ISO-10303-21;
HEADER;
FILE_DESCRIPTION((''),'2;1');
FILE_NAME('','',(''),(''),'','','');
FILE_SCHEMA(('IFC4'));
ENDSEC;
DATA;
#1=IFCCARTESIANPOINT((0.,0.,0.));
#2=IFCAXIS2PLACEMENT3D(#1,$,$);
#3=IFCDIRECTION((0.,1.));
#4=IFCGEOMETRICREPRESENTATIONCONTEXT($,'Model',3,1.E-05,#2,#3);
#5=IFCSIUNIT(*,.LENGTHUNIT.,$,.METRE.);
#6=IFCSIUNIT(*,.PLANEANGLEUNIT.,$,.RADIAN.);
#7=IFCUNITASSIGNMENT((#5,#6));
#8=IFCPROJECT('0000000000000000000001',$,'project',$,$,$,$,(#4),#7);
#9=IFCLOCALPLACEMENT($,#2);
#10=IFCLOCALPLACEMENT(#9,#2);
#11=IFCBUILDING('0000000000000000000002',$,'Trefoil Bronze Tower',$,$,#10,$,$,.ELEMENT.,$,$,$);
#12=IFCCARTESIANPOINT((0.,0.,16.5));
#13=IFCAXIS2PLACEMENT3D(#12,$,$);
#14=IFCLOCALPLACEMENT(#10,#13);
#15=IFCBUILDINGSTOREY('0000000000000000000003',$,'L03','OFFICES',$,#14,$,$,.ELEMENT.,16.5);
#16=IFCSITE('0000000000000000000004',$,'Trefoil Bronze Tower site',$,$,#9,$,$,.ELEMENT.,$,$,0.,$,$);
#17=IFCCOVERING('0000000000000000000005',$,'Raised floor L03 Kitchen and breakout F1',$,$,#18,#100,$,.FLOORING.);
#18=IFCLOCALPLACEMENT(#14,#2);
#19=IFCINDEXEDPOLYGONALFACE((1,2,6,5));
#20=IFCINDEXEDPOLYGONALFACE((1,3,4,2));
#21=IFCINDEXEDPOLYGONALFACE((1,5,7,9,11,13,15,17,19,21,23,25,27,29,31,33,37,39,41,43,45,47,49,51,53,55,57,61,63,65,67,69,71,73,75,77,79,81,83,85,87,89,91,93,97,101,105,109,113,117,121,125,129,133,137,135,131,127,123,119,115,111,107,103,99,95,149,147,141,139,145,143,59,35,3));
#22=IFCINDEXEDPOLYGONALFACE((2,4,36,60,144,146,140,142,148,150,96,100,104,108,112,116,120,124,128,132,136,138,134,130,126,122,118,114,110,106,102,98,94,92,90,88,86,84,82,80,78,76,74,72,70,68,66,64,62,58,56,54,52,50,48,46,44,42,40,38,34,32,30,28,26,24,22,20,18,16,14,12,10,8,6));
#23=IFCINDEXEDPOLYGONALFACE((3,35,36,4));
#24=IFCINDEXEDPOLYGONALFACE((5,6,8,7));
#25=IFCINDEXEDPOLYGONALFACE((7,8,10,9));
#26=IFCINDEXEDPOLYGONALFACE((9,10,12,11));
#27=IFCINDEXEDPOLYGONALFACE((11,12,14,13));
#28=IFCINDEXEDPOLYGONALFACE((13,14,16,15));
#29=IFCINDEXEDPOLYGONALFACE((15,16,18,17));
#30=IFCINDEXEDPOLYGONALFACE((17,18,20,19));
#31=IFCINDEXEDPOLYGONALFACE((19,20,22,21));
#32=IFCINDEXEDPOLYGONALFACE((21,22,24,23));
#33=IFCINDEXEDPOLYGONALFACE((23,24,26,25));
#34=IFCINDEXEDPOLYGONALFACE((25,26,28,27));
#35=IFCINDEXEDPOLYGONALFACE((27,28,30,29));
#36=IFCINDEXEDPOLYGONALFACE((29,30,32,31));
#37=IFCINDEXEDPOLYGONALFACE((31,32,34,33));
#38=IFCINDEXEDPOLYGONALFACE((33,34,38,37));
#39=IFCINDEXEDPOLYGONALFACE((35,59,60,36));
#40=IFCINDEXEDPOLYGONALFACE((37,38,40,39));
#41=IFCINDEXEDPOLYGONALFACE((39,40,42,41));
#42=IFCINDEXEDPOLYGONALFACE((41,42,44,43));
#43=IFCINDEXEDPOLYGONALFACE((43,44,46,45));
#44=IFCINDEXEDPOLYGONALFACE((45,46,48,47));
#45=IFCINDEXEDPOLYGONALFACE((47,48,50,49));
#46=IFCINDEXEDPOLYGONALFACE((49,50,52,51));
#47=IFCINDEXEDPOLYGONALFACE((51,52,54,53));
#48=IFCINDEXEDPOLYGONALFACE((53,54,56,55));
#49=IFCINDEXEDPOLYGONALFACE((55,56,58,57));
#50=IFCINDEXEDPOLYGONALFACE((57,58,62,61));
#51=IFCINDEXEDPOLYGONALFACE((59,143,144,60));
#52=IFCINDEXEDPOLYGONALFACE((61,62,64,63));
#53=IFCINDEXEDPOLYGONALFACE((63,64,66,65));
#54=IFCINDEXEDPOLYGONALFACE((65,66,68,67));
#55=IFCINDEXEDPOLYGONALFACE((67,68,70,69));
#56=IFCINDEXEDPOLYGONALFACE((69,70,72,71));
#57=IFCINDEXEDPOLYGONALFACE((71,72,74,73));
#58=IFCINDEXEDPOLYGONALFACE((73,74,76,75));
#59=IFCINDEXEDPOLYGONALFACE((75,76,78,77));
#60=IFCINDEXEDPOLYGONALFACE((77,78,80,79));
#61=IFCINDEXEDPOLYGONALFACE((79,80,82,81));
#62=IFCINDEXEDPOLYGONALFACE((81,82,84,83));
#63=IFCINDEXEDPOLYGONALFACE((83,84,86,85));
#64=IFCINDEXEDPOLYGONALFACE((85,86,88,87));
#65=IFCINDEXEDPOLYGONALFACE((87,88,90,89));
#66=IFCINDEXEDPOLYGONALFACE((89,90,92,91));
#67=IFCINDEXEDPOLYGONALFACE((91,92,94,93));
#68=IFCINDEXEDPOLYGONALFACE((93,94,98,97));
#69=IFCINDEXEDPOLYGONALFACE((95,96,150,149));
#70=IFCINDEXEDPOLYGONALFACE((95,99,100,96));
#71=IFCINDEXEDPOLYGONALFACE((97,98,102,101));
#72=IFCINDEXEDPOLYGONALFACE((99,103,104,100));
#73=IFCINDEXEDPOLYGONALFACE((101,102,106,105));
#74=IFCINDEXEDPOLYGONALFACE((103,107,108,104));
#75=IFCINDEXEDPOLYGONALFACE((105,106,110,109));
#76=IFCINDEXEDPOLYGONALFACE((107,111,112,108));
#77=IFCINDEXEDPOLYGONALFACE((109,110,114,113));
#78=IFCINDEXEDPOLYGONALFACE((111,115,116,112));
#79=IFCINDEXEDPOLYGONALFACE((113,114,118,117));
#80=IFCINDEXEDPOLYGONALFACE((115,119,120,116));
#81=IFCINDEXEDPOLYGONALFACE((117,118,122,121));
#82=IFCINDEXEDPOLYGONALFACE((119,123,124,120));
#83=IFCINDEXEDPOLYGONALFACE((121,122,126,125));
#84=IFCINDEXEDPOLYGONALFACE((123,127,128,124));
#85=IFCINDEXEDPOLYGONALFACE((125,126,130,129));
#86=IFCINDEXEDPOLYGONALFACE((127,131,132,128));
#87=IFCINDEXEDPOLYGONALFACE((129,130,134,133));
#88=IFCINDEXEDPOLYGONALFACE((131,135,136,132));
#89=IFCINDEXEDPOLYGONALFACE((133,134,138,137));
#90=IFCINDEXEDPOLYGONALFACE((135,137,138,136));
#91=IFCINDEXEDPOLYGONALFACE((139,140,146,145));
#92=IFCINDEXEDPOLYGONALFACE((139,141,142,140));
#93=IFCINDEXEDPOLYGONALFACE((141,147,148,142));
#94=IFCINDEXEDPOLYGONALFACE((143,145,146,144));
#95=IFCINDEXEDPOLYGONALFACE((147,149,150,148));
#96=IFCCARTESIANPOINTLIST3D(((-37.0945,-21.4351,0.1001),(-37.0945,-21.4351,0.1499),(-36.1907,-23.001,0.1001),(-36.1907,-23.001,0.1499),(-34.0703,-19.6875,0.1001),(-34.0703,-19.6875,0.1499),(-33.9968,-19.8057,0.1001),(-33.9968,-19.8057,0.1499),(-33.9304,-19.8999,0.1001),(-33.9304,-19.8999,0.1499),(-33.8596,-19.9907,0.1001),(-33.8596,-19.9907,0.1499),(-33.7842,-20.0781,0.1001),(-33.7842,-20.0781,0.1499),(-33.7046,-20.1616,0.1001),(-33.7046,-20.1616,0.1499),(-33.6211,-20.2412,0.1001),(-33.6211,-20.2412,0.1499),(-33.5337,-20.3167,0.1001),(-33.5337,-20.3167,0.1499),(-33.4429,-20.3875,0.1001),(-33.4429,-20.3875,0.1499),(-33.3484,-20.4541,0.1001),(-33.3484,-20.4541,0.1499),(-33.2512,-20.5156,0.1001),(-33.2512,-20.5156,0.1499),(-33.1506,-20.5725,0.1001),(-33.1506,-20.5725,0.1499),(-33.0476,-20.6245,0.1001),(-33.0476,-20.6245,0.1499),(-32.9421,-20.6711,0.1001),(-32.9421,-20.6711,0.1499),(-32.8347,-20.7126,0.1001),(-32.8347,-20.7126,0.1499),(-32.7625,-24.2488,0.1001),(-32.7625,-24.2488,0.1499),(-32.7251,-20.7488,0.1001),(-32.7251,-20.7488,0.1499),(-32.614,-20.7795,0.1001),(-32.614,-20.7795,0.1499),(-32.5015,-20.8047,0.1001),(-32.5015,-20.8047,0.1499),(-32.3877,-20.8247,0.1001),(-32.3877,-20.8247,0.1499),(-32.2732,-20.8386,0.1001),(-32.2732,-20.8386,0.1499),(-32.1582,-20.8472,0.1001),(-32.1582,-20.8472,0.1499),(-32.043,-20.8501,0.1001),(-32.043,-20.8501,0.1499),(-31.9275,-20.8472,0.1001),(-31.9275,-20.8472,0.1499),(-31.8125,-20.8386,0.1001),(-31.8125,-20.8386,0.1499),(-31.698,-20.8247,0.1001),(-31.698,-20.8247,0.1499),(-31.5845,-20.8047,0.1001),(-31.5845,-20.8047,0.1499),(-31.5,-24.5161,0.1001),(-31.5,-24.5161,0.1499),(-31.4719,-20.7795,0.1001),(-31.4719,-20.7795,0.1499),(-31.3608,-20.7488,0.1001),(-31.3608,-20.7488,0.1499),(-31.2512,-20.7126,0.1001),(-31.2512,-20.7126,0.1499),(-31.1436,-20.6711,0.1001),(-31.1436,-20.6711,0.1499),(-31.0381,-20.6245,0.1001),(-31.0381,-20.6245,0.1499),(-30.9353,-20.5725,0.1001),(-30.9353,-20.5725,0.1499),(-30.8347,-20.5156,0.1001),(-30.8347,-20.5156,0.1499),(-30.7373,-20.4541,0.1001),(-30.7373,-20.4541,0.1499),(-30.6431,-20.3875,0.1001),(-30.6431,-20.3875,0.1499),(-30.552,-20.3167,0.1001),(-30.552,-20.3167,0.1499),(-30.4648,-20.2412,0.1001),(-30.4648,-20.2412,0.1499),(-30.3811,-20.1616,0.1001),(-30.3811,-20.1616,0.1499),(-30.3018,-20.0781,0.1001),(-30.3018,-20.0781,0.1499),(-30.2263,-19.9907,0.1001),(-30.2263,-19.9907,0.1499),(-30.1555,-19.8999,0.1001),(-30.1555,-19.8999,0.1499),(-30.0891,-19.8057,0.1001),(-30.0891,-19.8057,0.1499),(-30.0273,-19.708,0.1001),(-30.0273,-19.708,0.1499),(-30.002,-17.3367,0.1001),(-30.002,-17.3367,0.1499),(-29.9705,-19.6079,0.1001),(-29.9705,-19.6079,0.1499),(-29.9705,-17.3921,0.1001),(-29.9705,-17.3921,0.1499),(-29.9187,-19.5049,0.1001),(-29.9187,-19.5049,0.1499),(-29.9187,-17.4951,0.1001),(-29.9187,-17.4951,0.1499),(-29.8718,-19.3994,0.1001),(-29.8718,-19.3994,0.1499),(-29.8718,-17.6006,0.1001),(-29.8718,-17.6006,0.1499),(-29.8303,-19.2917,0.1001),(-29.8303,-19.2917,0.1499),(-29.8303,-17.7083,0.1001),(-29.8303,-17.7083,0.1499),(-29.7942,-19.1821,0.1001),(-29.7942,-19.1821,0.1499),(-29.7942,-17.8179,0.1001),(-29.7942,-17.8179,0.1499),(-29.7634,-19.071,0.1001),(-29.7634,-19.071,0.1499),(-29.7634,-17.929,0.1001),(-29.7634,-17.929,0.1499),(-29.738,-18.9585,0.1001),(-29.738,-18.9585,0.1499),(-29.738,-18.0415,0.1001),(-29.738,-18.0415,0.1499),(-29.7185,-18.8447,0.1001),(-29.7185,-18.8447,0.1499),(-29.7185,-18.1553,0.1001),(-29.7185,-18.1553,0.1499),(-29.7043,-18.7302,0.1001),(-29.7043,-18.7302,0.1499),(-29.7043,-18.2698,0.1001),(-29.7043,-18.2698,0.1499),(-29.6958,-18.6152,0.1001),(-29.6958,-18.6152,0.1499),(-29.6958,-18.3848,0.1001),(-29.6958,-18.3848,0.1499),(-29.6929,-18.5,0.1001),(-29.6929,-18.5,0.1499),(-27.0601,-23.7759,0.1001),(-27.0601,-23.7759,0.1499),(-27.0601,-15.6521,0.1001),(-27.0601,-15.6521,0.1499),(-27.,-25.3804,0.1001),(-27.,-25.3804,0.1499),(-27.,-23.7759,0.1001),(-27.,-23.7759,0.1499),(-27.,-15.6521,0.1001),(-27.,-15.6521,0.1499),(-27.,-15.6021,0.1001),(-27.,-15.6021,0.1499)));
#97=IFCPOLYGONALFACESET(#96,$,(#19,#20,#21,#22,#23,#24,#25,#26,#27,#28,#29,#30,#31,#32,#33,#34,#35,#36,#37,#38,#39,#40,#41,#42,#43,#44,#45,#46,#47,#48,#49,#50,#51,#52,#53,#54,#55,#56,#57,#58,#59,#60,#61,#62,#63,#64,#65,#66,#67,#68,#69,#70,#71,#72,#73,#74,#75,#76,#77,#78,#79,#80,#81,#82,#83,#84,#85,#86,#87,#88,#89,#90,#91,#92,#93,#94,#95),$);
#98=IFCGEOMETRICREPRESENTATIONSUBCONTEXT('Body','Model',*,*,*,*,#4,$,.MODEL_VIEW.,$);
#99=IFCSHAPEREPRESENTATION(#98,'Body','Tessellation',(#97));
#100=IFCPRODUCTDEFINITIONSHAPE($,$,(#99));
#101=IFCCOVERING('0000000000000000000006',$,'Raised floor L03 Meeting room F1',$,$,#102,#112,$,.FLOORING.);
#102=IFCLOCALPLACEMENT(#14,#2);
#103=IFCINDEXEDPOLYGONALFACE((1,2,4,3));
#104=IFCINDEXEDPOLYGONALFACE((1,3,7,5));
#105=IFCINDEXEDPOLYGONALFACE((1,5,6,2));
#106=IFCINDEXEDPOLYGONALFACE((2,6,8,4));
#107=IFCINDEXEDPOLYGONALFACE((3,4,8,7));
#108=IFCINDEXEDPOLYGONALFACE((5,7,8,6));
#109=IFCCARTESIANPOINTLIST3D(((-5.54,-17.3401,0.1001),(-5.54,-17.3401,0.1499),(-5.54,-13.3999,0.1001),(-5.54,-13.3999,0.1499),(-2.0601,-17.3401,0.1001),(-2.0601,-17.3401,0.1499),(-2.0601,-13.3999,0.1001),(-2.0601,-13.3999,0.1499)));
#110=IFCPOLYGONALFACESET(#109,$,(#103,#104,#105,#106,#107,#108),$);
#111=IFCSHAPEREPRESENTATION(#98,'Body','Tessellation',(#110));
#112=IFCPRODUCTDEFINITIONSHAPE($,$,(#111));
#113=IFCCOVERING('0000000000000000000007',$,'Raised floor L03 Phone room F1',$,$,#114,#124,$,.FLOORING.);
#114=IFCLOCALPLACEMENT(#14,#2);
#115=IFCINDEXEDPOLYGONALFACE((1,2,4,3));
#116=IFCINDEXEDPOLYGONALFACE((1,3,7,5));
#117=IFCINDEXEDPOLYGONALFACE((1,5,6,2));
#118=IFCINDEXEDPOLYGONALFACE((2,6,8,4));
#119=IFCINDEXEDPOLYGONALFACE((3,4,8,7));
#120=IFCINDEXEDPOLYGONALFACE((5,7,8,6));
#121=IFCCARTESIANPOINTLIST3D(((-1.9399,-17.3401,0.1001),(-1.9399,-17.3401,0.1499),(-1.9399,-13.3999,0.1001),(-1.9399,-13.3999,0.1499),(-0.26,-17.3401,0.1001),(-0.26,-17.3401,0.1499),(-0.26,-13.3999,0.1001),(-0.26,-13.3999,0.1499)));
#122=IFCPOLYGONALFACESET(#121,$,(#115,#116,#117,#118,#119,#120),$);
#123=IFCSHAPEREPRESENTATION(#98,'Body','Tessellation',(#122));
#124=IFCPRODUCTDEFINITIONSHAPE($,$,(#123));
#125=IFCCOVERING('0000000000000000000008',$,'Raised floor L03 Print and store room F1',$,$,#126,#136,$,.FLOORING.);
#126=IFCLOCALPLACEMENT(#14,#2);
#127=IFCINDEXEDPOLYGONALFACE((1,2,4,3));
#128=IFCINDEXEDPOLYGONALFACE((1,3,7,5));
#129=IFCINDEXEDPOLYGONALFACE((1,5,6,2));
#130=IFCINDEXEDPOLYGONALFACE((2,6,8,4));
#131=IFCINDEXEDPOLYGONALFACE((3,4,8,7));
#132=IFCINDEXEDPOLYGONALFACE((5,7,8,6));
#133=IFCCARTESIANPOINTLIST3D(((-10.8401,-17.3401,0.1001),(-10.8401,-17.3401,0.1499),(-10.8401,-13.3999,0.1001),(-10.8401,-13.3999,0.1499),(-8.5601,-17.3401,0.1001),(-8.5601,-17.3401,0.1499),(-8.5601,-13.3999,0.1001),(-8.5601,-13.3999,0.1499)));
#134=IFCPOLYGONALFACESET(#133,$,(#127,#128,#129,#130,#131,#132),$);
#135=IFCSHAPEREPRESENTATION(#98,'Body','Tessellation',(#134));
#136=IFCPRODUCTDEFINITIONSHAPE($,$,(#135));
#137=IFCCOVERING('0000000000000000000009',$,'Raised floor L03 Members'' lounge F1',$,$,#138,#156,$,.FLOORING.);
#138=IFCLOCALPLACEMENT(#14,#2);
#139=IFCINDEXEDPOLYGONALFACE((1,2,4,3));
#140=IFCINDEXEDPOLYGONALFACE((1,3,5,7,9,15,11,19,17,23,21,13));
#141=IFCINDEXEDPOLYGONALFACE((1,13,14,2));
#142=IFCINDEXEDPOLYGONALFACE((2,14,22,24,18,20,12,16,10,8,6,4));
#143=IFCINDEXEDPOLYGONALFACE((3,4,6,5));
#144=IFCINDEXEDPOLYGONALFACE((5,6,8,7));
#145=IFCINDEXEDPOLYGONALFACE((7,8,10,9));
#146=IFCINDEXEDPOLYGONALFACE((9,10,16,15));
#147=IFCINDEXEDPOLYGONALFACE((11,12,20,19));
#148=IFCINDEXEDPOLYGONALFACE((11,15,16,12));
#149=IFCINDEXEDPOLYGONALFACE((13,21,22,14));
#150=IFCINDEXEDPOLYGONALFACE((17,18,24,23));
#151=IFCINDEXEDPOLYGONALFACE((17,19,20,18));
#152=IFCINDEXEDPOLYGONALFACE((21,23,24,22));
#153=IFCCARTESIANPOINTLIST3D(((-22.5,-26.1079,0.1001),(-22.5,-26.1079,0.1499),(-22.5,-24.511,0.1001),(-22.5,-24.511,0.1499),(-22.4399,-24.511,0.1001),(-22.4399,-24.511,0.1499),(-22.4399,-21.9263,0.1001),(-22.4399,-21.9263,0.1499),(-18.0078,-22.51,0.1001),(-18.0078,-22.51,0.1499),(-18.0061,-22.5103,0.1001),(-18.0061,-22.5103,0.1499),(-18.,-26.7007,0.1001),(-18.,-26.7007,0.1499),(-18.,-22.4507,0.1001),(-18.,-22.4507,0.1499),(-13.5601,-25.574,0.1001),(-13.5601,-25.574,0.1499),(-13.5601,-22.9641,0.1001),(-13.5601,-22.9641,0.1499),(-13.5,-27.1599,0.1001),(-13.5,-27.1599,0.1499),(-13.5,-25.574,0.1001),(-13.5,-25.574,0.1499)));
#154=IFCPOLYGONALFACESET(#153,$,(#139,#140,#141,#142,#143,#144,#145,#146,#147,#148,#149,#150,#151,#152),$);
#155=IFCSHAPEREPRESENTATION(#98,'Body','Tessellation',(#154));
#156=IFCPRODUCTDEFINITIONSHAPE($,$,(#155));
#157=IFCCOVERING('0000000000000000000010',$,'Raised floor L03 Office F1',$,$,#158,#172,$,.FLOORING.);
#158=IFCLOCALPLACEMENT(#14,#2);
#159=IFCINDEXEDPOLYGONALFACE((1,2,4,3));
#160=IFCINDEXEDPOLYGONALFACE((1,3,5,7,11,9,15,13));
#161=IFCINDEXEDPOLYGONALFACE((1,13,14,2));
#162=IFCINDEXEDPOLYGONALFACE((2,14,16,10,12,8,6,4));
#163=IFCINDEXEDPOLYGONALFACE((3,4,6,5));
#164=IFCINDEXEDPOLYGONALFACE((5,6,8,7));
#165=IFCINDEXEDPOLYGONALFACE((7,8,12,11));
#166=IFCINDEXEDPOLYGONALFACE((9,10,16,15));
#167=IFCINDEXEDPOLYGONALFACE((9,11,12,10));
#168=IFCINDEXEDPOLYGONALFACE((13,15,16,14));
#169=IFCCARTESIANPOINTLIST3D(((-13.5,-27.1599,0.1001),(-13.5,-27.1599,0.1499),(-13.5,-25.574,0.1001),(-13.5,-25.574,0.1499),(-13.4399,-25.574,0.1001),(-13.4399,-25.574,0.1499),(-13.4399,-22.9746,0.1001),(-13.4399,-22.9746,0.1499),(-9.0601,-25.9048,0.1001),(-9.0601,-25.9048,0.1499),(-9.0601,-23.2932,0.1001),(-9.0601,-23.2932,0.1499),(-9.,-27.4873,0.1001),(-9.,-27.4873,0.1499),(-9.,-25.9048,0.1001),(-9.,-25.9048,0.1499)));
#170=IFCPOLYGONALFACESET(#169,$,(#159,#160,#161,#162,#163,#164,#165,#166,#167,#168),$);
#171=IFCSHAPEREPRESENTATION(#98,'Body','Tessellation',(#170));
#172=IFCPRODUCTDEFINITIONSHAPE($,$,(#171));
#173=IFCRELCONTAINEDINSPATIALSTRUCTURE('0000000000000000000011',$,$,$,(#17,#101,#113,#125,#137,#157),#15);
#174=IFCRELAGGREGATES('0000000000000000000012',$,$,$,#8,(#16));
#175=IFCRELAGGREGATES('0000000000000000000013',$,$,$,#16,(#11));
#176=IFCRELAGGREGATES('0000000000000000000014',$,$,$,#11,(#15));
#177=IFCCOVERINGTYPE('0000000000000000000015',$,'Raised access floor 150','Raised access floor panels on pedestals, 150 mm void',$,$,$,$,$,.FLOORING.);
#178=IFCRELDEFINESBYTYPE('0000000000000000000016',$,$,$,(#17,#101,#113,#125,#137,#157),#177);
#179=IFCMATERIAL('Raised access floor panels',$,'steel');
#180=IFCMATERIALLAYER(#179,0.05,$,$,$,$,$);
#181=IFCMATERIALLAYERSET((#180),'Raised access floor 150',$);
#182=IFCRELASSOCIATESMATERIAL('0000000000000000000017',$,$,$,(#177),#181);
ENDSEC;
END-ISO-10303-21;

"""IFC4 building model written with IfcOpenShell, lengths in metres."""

from ifc_helpers import new_model, si_unit, direction, frame, origin, place, context, subcontext, project, spatial, polyline, outline, extrude, material, layer, layer_set, type_object, element, save


model = new_model("IFC4")

# Units and contexts
model_context = context("Model", 3, precision=1e-05, world=origin(), true_north=direction((0.0, 1.0)))
body_context = subcontext(model_context, "Body", "Model", "MODEL_VIEW")
ifc_project = project(units=[si_unit("LENGTHUNIT", "METRE"), si_unit("PLANEANGLEUNIT", "RADIAN")], contexts=[model_context])

# Site, building, storey
site_placement = place(None, origin())
site = spatial("IfcSite", under=ifc_project, at=site_placement, Name="Trefoil Bronze Tower site", CompositionType="ELEMENT", RefElevation=0.0)
building_placement = place(site_placement, origin())
building = spatial("IfcBuilding", under=site, at=building_placement, Name="Trefoil Bronze Tower", CompositionType="ELEMENT")
storey_placement = place(building_placement, frame((0.0, 0.0, 16.5)))
storey = spatial("IfcBuildingStorey", under=building, at=storey_placement, Name="L03", Description="OFFICES", CompositionType="ELEMENT", Elevation=16.5)

# Coverings
ifc_material_1 = material(Name="Raised access floor panels", Category="steel")
ifc_layer_1 = layer(ifc_material_1, 0.05)
ifc_layer_set_1 = layer_set([ifc_layer_1], Name="Raised access floor 150")
covering_type_1 = type_object("IfcCoveringType", Name="Raised access floor 150", Description="Raised access floor panels on pedestals, 150 mm void", PredefinedType="FLOORING", material=ifc_layer_set_1)
covering_1_placement = place(storey_placement, frame((0.0, 0.0, 0.1001)))
element("IfcCovering", 1, at=covering_1_placement, inside=storey, type_object=covering_type_1, Name="Raised floor L03 Kitchen and breakout F1", PredefinedType="FLOORING", context=body_context, shape_type="SweptSolid", body=[
    extrude(outline(polyline([(-30.002, -17.3367), (-27.0, -15.6021), (-27.0, -15.6521), (-27.0601, -15.6521), (-27.0601, -23.7759), (-27.0, -23.7759), (-27.0, -25.3804), (-31.5, -24.5161), (-32.7625, -24.2488), (-36.1907, -23.001), (-37.0945, -21.4351), (-34.0703, -19.6875), (-33.9968, -19.8057), (-33.9304, -19.8999), (-33.8596, -19.9907), (-33.7842, -20.0781), (-33.7046, -20.1616), (-33.6211, -20.2412), (-33.5337, -20.3167), (-33.4429, -20.3875), (-33.3484, -20.4541), (-33.2512, -20.5156), (-33.1506, -20.5725), (-33.0476, -20.6245), (-32.9421, -20.6711), (-32.8347, -20.7126), (-32.7251, -20.7488), (-32.614, -20.7795), (-32.5015, -20.8047), (-32.3877, -20.8247), (-32.2732, -20.8386), (-32.1582, -20.8472), (-32.043, -20.8501), (-31.9275, -20.8472), (-31.8125, -20.8386), (-31.698, -20.8247), (-31.5845, -20.8047), (-31.4719, -20.7795), (-31.3608, -20.7488), (-31.2512, -20.7126), (-31.1436, -20.6711), (-31.0381, -20.6245), (-30.9353, -20.5725), (-30.8347, -20.5156), (-30.7373, -20.4541), (-30.6431, -20.3875), (-30.552, -20.3167), (-30.4648, -20.2412), (-30.3811, -20.1616), (-30.3018, -20.0781), (-30.2263, -19.9907), (-30.1555, -19.8999), (-30.0891, -19.8057), (-30.0273, -19.708), (-29.9705, -19.6079), (-29.9187, -19.5049), (-29.8718, -19.3994), (-29.8303, -19.2917), (-29.7942, -19.1821), (-29.7634, -19.071), (-29.738, -18.9585), (-29.7185, -18.8447), (-29.7043, -18.7302), (-29.6958, -18.6152), (-29.6929, -18.5), (-29.6958, -18.3848), (-29.7043, -18.2698), (-29.7185, -18.1553), (-29.738, -18.0415), (-29.7634, -17.929), (-29.7942, -17.8179), (-29.8303, -17.7083), (-29.8718, -17.6006), (-29.9187, -17.4951), (-29.9705, -17.3921), (-30.002, -17.3367)])), origin(), (0.0, 0.0, 1.0), 0.0498),
])
covering_2_placement = place(storey_placement, frame((0.0, 0.0, 0.1001)))
element("IfcCovering", 2, at=covering_2_placement, inside=storey, type_object=covering_type_1, Name="Raised floor L03 Meeting room F1", PredefinedType="FLOORING", context=body_context, shape_type="SweptSolid", body=[
    extrude(outline(polyline([(-2.0601, -13.3999), (-2.0601, -17.3401), (-5.54, -17.3401), (-5.54, -13.3999), (-2.0601, -13.3999)])), origin(), (0.0, 0.0, 1.0), 0.0498),
])
covering_3_placement = place(storey_placement, frame((0.0, 0.0, 0.1001)))
element("IfcCovering", 3, at=covering_3_placement, inside=storey, type_object=covering_type_1, Name="Raised floor L03 Phone room F1", PredefinedType="FLOORING", context=body_context, shape_type="SweptSolid", body=[
    extrude(outline(polyline([(-0.26, -13.3999), (-0.26, -17.3401), (-1.9399, -17.3401), (-1.9399, -13.3999), (-0.26, -13.3999)])), origin(), (0.0, 0.0, 1.0), 0.0498),
])
covering_4_placement = place(storey_placement, frame((0.0, 0.0, 0.1001)))
element("IfcCovering", 4, at=covering_4_placement, inside=storey, type_object=covering_type_1, Name="Raised floor L03 Print and store room F1", PredefinedType="FLOORING", context=body_context, shape_type="SweptSolid", body=[
    extrude(outline(polyline([(-8.5601, -13.3999), (-8.5601, -17.3401), (-10.8401, -17.3401), (-10.8401, -13.3999), (-8.5601, -13.3999)])), origin(), (0.0, 0.0, 1.0), 0.0498),
])
covering_5_placement = place(storey_placement, frame((0.0, 0.0, 0.1001)))
element("IfcCovering", 5, at=covering_5_placement, inside=storey, type_object=covering_type_1, Name="Raised floor L03 Members' lounge F1", PredefinedType="FLOORING", context=body_context, shape_type="SweptSolid", body=[
    extrude(outline(polyline([(-18.0, -26.7007), (-22.5, -26.1079), (-22.5, -24.511), (-22.4399, -24.511), (-22.4399, -21.9263), (-18.0078, -22.51), (-18.0, -22.4507), (-18.0061, -22.5103), (-13.5601, -22.9641), (-13.5601, -25.574), (-13.5, -25.574), (-13.5, -27.1599), (-18.0, -26.7007)])), origin(), (0.0, 0.0, 1.0), 0.0498),
])
covering_6_placement = place(storey_placement, frame((0.0, 0.0, 0.1001)))
element("IfcCovering", 6, at=covering_6_placement, inside=storey, type_object=covering_type_1, Name="Raised floor L03 Office F1", PredefinedType="FLOORING", context=body_context, shape_type="SweptSolid", body=[
    extrude(outline(polyline([(-9.0, -27.4873), (-13.5, -27.1599), (-13.5, -25.574), (-13.4399, -25.574), (-13.4399, -22.9746), (-9.0601, -23.2932), (-9.0601, -25.9048), (-9.0, -25.9048), (-9.0, -27.4873)])), origin(), (0.0, 0.0, 1.0), 0.0498),
])

save(model, "model.ifc")
